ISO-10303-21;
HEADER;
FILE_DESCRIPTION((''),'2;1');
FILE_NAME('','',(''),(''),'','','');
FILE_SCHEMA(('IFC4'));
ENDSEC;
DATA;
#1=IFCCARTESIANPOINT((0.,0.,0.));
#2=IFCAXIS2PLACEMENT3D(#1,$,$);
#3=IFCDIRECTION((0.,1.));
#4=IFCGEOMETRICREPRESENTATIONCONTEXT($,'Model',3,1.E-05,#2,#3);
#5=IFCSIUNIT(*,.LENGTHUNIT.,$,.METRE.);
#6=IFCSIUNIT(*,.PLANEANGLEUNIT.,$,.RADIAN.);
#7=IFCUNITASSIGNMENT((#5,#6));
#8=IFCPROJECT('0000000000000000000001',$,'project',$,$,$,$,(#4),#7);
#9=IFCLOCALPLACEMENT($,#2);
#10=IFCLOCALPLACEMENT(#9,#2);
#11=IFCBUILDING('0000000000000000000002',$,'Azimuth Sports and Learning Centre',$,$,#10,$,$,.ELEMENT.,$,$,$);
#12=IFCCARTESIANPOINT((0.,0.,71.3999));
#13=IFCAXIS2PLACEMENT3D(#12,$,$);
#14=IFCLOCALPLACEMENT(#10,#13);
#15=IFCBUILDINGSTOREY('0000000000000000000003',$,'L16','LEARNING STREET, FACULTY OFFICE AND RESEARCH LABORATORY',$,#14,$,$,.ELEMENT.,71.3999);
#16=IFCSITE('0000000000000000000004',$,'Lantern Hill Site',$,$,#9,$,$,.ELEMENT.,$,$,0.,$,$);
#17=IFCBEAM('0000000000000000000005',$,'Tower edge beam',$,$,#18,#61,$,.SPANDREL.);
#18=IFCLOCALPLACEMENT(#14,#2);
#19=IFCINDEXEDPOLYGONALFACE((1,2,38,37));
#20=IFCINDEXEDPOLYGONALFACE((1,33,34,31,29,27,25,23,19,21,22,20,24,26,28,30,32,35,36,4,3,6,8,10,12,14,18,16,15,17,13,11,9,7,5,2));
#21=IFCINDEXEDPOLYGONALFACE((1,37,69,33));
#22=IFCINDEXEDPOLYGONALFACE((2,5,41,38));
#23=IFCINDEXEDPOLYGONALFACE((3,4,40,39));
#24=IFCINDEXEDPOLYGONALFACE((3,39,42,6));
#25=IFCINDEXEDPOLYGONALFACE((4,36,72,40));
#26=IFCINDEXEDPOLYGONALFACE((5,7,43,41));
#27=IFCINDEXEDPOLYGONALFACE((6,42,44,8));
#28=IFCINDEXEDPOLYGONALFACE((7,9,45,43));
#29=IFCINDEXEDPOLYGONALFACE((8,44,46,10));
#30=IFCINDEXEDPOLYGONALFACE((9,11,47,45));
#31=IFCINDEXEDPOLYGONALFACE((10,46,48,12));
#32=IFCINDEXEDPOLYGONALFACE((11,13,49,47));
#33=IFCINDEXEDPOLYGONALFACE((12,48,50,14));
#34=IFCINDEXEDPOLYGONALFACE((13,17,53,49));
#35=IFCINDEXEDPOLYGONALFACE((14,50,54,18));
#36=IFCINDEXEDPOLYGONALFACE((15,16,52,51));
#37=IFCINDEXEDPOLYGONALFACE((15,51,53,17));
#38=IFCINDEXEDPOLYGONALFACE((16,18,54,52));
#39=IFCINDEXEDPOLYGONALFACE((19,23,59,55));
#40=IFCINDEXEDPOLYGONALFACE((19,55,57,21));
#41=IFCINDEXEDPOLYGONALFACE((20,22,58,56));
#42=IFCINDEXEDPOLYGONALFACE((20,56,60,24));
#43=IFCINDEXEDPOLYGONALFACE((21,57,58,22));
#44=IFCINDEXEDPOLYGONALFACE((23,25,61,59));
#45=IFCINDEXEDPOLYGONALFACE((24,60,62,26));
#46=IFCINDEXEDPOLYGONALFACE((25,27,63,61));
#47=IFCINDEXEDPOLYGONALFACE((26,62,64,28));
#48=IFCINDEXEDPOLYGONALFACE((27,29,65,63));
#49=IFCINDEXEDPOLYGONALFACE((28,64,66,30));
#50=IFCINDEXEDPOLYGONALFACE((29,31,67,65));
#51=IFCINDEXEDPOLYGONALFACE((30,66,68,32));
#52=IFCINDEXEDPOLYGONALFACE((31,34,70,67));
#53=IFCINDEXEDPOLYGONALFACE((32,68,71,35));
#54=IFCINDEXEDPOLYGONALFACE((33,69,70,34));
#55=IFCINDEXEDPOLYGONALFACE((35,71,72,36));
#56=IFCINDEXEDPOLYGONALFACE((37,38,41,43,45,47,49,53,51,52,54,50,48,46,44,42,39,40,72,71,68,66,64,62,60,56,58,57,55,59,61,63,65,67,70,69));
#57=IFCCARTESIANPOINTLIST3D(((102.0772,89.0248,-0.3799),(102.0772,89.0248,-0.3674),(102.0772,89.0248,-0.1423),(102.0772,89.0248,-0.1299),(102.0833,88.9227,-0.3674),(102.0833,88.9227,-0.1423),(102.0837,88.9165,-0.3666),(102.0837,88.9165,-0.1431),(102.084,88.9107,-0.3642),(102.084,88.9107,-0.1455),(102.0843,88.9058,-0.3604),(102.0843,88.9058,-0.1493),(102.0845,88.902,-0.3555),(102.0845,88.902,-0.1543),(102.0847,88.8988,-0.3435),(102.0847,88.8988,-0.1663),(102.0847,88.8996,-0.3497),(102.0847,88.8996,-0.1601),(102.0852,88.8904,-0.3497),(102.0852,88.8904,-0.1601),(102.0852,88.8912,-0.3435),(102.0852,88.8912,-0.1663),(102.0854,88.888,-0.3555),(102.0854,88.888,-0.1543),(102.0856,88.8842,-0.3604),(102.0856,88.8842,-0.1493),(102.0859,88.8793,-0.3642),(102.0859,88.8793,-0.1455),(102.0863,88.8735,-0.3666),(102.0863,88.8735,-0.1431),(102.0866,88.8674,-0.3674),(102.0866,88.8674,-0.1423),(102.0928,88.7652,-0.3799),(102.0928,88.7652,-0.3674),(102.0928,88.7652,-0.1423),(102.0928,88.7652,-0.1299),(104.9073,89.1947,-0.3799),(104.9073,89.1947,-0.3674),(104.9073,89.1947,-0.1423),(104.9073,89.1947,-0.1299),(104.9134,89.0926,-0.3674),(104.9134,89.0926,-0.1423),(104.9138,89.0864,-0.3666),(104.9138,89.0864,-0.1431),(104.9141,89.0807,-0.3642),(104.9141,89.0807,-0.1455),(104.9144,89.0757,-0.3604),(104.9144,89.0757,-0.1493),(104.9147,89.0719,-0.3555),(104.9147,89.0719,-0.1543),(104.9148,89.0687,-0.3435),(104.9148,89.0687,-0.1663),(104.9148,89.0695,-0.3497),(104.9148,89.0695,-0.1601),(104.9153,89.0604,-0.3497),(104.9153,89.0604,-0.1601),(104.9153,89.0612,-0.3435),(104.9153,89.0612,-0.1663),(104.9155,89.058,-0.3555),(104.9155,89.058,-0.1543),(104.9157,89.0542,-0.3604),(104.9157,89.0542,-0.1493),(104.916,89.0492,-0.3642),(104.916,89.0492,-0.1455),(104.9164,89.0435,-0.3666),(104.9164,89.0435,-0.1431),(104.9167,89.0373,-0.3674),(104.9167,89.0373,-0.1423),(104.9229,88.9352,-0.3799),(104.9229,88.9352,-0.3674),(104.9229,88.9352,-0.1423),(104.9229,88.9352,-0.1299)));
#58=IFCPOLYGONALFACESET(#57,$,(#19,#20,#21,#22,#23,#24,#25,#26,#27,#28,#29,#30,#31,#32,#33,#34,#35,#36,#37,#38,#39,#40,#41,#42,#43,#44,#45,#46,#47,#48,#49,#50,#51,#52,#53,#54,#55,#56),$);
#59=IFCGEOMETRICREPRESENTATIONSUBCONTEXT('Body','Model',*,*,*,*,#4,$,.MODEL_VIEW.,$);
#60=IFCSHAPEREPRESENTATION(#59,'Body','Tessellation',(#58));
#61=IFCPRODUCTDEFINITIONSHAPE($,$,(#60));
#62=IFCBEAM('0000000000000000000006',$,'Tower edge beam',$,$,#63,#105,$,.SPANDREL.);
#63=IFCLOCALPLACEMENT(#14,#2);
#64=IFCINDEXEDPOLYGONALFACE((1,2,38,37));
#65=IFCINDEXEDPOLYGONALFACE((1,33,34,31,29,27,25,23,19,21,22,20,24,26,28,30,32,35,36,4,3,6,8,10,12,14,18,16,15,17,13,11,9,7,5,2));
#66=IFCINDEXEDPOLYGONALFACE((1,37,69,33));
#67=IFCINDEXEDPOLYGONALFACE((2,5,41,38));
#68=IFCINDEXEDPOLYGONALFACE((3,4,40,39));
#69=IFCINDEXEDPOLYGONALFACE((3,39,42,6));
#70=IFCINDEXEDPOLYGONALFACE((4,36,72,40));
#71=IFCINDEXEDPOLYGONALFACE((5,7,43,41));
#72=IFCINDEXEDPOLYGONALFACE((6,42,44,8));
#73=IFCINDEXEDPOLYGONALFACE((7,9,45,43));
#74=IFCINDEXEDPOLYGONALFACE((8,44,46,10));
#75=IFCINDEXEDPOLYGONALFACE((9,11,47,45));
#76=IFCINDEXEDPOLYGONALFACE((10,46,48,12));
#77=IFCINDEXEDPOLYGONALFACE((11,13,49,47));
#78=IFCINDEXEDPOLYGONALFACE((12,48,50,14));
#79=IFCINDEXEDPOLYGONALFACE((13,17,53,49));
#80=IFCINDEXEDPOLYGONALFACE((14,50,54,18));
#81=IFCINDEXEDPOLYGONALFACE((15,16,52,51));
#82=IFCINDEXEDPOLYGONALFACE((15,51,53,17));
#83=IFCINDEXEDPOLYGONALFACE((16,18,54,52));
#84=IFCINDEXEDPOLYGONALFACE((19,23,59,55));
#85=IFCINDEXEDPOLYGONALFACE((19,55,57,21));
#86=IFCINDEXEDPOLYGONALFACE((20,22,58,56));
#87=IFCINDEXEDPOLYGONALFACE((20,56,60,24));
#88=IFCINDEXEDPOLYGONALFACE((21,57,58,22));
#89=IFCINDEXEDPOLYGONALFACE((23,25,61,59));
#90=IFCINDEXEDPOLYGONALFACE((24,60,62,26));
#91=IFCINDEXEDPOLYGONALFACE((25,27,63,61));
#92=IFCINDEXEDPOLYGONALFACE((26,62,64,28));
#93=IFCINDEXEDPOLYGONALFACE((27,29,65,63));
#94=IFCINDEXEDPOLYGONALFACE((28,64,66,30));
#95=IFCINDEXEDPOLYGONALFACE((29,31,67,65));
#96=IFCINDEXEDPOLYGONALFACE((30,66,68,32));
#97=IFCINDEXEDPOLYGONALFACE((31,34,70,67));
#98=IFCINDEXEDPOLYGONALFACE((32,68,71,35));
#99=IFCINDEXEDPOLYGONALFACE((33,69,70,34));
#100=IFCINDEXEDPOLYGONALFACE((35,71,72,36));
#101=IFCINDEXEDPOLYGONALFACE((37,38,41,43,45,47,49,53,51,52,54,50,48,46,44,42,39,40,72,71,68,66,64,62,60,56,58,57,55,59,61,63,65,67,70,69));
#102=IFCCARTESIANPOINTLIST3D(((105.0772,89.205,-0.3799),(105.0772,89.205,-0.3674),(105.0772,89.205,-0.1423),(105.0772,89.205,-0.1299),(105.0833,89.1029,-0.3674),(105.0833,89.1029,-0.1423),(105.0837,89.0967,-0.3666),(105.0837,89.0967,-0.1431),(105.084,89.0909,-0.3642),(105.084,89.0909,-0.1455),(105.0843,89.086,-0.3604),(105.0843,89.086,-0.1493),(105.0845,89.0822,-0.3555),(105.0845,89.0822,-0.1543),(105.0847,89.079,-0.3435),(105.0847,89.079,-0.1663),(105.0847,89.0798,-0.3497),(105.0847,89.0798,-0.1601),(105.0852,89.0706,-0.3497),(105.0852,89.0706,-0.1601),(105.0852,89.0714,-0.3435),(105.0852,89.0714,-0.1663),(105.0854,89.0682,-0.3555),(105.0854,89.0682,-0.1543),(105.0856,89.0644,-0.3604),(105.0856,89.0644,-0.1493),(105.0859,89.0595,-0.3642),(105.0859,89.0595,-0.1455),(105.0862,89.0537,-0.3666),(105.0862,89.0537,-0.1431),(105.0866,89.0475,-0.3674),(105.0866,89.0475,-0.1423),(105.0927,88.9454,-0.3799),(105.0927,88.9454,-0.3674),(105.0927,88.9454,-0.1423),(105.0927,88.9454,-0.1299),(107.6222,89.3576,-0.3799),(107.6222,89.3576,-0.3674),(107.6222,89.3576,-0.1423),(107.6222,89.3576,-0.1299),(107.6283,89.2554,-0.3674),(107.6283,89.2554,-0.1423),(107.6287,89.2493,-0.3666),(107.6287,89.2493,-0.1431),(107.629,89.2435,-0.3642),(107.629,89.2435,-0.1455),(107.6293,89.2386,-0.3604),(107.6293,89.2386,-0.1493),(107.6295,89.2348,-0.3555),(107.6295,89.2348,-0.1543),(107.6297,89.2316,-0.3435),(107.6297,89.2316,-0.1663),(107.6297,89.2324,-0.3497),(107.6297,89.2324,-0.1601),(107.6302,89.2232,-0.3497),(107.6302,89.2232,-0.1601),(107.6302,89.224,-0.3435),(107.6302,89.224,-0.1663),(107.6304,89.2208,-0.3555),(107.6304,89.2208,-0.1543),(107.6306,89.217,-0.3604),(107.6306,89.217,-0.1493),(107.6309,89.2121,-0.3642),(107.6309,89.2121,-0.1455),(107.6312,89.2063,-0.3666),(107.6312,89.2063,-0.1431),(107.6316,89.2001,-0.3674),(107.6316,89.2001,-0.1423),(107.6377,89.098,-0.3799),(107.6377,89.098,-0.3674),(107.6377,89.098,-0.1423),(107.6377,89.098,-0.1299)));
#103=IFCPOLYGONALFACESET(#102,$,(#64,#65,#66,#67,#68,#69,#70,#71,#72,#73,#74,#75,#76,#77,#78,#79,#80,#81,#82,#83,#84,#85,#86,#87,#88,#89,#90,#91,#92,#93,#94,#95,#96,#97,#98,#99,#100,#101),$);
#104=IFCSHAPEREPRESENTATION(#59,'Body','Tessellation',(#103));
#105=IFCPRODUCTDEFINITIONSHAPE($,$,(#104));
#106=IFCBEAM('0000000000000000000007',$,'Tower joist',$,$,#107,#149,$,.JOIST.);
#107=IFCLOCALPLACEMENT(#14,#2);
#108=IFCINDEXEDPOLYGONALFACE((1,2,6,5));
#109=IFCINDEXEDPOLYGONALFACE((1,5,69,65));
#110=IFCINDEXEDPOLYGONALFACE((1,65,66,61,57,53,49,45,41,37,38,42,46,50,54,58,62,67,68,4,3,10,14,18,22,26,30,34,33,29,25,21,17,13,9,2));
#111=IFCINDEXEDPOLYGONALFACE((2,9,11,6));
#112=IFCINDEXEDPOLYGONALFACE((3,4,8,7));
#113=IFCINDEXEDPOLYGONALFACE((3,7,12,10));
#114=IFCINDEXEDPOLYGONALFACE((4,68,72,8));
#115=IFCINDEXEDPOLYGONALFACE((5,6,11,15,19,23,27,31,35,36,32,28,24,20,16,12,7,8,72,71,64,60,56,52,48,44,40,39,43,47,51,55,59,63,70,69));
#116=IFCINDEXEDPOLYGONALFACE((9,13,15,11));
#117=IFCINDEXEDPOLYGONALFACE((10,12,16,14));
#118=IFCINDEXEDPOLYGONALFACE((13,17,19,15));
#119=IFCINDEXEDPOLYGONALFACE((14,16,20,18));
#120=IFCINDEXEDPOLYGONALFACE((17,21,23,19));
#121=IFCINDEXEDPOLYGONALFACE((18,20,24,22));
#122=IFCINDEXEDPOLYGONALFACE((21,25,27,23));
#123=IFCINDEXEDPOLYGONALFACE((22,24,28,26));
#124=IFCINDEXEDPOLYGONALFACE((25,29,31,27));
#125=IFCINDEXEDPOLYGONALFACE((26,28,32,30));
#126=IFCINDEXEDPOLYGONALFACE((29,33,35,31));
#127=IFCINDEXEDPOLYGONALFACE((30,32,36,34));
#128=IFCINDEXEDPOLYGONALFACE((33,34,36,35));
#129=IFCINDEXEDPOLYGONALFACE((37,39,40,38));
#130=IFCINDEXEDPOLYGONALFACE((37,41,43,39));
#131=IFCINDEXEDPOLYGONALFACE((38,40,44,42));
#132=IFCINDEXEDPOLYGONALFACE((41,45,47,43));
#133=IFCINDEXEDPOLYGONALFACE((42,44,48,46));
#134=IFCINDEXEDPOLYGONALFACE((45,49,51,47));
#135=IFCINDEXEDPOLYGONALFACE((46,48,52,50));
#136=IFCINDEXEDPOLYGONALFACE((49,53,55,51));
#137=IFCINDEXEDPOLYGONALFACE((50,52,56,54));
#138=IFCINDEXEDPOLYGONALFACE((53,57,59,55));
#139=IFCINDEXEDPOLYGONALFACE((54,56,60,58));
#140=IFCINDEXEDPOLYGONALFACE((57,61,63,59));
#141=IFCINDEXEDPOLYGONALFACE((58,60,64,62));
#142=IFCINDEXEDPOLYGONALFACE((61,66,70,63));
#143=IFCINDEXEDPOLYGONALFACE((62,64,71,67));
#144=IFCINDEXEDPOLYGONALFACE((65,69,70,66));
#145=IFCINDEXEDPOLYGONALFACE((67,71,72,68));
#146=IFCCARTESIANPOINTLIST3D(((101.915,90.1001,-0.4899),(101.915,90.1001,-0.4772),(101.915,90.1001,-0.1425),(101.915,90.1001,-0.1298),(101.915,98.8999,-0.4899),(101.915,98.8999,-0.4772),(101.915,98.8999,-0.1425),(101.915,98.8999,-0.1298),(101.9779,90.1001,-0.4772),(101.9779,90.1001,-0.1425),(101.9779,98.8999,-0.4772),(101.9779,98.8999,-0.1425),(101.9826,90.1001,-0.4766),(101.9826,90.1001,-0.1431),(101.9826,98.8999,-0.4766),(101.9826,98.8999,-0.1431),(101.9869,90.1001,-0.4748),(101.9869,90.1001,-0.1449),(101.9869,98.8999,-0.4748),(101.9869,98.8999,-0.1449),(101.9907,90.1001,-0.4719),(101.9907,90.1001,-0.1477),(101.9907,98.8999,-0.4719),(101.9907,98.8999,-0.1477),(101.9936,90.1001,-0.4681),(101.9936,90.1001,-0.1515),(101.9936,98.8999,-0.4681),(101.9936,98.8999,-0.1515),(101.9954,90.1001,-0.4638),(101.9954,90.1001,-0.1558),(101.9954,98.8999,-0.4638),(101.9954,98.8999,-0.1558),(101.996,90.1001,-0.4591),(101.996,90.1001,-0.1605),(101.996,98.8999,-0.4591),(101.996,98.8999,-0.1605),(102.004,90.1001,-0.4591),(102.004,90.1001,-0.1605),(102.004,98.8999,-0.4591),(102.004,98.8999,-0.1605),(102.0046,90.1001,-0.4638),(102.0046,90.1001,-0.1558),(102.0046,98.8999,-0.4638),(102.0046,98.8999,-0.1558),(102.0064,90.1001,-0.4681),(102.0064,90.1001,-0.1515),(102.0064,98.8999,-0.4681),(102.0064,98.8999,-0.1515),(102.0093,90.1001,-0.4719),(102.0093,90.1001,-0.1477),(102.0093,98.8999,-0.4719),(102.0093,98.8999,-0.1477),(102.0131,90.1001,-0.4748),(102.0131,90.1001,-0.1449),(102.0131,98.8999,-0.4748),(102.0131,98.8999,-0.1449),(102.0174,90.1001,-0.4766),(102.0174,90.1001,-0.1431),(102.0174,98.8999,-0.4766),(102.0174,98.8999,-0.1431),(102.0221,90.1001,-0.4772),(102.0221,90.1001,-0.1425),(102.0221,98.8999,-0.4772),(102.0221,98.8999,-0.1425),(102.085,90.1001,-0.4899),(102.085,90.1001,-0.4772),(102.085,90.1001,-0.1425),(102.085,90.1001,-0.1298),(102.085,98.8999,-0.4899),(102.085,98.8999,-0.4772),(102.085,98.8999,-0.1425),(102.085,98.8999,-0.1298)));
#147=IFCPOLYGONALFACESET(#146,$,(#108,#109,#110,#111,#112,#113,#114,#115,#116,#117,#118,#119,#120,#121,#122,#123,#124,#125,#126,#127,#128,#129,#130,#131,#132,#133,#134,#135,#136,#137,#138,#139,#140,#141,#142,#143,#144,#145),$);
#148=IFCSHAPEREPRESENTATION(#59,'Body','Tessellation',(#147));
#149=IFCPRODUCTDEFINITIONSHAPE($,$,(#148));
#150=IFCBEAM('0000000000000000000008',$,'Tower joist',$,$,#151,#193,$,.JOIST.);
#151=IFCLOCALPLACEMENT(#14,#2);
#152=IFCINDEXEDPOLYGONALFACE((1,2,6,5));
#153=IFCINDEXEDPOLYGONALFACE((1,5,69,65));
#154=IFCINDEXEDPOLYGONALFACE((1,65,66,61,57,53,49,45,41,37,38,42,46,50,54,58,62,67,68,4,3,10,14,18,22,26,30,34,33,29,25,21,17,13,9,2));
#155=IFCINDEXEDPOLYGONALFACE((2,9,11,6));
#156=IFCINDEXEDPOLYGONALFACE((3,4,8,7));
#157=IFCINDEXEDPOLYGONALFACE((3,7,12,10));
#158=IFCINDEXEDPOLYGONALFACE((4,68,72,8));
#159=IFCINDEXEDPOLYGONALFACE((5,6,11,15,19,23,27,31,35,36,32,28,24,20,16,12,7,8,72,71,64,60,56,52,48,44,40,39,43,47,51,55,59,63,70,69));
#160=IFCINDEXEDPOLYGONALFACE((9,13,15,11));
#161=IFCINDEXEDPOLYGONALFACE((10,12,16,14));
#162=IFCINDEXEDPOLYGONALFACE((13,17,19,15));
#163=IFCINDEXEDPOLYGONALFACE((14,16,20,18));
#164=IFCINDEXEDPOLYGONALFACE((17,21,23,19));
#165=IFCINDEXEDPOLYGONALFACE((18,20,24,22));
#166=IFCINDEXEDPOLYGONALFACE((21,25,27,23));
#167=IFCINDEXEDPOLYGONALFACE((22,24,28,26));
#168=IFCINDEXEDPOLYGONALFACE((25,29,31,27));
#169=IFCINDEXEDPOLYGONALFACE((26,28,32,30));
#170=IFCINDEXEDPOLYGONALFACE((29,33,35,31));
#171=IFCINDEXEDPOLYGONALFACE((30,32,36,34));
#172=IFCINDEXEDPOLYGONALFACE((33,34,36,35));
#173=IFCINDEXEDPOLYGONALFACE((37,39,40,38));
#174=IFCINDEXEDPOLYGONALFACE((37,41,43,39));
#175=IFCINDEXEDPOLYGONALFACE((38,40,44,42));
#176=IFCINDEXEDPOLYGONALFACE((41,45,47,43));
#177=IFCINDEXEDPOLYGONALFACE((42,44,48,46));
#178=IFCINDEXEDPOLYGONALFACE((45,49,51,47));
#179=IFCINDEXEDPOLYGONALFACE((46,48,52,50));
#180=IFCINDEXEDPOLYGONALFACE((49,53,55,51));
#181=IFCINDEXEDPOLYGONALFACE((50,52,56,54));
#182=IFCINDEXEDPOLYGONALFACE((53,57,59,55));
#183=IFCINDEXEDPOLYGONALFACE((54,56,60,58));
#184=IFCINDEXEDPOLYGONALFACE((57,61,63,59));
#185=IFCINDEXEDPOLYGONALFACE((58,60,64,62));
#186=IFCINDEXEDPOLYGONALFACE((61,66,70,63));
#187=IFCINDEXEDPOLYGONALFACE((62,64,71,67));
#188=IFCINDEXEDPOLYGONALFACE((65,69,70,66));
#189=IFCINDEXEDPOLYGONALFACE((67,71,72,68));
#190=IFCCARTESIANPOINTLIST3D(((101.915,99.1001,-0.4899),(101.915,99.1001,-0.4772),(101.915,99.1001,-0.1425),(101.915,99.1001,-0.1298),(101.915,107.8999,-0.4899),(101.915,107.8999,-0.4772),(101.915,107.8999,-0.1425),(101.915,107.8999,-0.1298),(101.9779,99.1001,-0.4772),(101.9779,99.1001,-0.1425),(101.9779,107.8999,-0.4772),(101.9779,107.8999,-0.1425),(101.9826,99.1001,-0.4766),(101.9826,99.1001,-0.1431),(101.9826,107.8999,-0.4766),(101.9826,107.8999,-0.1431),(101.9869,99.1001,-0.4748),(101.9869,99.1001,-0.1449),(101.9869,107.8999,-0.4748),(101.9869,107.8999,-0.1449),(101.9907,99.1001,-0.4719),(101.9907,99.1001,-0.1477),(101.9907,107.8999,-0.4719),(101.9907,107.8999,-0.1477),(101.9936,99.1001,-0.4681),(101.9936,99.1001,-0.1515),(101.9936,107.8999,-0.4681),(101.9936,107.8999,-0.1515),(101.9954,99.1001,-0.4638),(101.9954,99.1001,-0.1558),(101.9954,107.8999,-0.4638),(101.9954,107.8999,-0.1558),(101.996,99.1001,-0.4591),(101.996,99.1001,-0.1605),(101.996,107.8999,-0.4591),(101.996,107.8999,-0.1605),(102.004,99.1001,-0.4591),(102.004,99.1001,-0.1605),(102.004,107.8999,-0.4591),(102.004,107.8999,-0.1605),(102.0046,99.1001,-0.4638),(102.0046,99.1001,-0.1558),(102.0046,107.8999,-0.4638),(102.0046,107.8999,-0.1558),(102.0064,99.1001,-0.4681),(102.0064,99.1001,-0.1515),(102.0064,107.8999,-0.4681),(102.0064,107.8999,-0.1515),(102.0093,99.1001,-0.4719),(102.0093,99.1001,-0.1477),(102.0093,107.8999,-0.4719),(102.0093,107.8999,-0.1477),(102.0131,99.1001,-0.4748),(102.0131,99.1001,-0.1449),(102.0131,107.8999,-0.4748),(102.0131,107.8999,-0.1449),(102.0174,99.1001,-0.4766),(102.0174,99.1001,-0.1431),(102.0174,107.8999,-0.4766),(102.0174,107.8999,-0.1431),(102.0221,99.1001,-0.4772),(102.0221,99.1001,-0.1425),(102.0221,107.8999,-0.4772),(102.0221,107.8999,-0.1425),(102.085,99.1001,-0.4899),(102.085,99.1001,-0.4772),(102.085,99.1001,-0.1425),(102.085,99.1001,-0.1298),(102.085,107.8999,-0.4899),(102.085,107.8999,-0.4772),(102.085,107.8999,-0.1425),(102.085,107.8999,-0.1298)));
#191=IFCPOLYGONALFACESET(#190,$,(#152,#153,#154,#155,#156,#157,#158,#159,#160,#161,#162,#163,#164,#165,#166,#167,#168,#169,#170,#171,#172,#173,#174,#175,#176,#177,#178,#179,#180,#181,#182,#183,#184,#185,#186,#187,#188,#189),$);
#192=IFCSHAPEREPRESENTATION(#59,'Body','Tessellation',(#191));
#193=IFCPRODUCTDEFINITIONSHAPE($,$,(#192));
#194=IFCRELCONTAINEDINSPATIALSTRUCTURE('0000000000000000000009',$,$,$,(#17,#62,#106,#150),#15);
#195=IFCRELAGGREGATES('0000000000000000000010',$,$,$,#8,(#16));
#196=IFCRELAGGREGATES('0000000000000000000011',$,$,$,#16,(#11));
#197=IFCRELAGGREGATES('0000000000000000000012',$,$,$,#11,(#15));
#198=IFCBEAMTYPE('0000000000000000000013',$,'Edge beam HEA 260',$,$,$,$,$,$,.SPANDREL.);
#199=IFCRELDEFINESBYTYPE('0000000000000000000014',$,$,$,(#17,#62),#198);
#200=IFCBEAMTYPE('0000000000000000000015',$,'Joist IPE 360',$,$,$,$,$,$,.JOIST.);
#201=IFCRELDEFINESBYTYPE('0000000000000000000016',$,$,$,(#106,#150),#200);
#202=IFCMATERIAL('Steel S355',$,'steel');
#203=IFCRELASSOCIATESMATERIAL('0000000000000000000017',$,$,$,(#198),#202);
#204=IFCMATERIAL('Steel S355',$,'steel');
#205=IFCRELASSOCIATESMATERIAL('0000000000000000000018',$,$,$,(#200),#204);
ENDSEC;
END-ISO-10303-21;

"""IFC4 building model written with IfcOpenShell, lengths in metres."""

from ifc_helpers import new_model, si_unit, direction, frame, origin, origin_2d, place, context, subcontext, project, spatial, i_section, extrude, material, material_profile, profile_set, type_object, element, save


model = new_model("IFC4")

# Units and contexts
model_context = context("Model", 3, precision=1e-05, world=origin(), true_north=direction((0.0, 1.0)))
body_context = subcontext(model_context, "Body", "Model", "MODEL_VIEW")
ifc_project = project(units=[si_unit("LENGTHUNIT", "METRE"), si_unit("PLANEANGLEUNIT", "RADIAN")], contexts=[model_context])

# Site, building, storey
site_placement = place(None, origin())
site = spatial("IfcSite", under=ifc_project, at=site_placement, Name="Lantern Hill Site", CompositionType="ELEMENT", RefElevation=0.0)
building_placement = place(site_placement, origin())
building = spatial("IfcBuilding", under=site, at=building_placement, Name="Azimuth Sports and Learning Centre", CompositionType="ELEMENT")
storey_placement = place(building_placement, frame((0.0, 0.0, 71.3999)))
storey = spatial("IfcBuildingStorey", under=building, at=storey_placement, Name="L16", Description="LEARNING STREET, FACULTY OFFICE AND RESEARCH LABORATORY", CompositionType="ELEMENT", Elevation=71.3999)

# Beams
ifc_material_1 = material(Name="Steel S355", Category="steel")
ifc_material_profile_1 = material_profile(ifc_material_1, i_section(OverallWidth=0.26, OverallDepth=0.25, WebThickness=0.0076, FlangeThickness=0.0125, FilletRadius=0.0239, at=origin_2d()), Name="HEA 260")
ifc_profile_set_1 = profile_set([ifc_material_profile_1], Name="Steel S355")
beam_type_1 = type_object("IfcBeamType", Name="Edge beam HEA 260", PredefinedType="SPANDREL", material=ifc_profile_set_1)
beam_1_placement = place(storey_placement, frame((102.085, 88.895, -0.2549), z_axis=(0.998202, 0.059933, 0.0), x_axis=(-0.059933, 0.998202, 0.0)))
element("IfcBeam", 1, at=beam_1_placement, inside=storey, type_object=beam_type_1, Name="Tower edge beam", PredefinedType="SPANDREL", context=body_context, shape_type="SweptSolid", body=[
    extrude(i_section(OverallWidth=0.26, OverallDepth=0.25, WebThickness=0.0076, FlangeThickness=0.0125, FilletRadius=0.0239, at=origin_2d()), origin(), (0.0, 0.0, 1.0), 2.8352),
])
beam_2_placement = place(storey_placement, frame((105.085, 89.0752, -0.2549), z_axis=(0.998207, 0.05985, 0.0), x_axis=(-0.05985, 0.998207, 0.0)))
element("IfcBeam", 2, at=beam_2_placement, inside=storey, type_object=beam_type_1, Name="Tower edge beam", PredefinedType="SPANDREL", context=body_context, shape_type="SweptSolid", body=[
    extrude(i_section(OverallWidth=0.26, OverallDepth=0.25, WebThickness=0.0076, FlangeThickness=0.0125, FilletRadius=0.0239, at=origin_2d()), origin(), (0.0, 0.0, 1.0), 2.5496),
])
ifc_material_2 = material(Name="Steel S355", Category="steel")
ifc_material_profile_2 = material_profile(ifc_material_2, i_section(OverallWidth=0.1699, OverallDepth=0.3601, WebThickness=0.0081, FlangeThickness=0.0127, FilletRadius=0.0181, at=origin_2d()), Name="IPE 360")
ifc_profile_set_2 = profile_set([ifc_material_profile_2], Name="Steel S355")
beam_type_2 = type_object("IfcBeamType", Name="Joist IPE 360", PredefinedType="JOIST", material=ifc_profile_set_2)
for number, where, z_axis, x_axis, name in (
    (3, (102.0, 90.1001, -0.3098), (0.0, 1.0, 0.0), (-1.0, 0.0, 0.0), "Tower joist"),
    (4, (102.0, 99.1001, -0.3098), (0.0, 1.0, 0.0), (-1.0, 0.0, 0.0), "Tower joist"),
):
    element("IfcBeam", number, at=place(storey_placement, frame(where, z_axis=z_axis, x_axis=x_axis)), inside=storey, type_object=beam_type_2, Name=name, PredefinedType="JOIST", context=body_context, shape_type="SweptSolid", body=[
        extrude(i_section(OverallWidth=0.1699, OverallDepth=0.3601, WebThickness=0.0081, FlangeThickness=0.0127, FilletRadius=0.0181, at=origin_2d()), origin(), (0.0, 0.0, 1.0), 8.7998),
    ])

save(model, "model.ifc")
